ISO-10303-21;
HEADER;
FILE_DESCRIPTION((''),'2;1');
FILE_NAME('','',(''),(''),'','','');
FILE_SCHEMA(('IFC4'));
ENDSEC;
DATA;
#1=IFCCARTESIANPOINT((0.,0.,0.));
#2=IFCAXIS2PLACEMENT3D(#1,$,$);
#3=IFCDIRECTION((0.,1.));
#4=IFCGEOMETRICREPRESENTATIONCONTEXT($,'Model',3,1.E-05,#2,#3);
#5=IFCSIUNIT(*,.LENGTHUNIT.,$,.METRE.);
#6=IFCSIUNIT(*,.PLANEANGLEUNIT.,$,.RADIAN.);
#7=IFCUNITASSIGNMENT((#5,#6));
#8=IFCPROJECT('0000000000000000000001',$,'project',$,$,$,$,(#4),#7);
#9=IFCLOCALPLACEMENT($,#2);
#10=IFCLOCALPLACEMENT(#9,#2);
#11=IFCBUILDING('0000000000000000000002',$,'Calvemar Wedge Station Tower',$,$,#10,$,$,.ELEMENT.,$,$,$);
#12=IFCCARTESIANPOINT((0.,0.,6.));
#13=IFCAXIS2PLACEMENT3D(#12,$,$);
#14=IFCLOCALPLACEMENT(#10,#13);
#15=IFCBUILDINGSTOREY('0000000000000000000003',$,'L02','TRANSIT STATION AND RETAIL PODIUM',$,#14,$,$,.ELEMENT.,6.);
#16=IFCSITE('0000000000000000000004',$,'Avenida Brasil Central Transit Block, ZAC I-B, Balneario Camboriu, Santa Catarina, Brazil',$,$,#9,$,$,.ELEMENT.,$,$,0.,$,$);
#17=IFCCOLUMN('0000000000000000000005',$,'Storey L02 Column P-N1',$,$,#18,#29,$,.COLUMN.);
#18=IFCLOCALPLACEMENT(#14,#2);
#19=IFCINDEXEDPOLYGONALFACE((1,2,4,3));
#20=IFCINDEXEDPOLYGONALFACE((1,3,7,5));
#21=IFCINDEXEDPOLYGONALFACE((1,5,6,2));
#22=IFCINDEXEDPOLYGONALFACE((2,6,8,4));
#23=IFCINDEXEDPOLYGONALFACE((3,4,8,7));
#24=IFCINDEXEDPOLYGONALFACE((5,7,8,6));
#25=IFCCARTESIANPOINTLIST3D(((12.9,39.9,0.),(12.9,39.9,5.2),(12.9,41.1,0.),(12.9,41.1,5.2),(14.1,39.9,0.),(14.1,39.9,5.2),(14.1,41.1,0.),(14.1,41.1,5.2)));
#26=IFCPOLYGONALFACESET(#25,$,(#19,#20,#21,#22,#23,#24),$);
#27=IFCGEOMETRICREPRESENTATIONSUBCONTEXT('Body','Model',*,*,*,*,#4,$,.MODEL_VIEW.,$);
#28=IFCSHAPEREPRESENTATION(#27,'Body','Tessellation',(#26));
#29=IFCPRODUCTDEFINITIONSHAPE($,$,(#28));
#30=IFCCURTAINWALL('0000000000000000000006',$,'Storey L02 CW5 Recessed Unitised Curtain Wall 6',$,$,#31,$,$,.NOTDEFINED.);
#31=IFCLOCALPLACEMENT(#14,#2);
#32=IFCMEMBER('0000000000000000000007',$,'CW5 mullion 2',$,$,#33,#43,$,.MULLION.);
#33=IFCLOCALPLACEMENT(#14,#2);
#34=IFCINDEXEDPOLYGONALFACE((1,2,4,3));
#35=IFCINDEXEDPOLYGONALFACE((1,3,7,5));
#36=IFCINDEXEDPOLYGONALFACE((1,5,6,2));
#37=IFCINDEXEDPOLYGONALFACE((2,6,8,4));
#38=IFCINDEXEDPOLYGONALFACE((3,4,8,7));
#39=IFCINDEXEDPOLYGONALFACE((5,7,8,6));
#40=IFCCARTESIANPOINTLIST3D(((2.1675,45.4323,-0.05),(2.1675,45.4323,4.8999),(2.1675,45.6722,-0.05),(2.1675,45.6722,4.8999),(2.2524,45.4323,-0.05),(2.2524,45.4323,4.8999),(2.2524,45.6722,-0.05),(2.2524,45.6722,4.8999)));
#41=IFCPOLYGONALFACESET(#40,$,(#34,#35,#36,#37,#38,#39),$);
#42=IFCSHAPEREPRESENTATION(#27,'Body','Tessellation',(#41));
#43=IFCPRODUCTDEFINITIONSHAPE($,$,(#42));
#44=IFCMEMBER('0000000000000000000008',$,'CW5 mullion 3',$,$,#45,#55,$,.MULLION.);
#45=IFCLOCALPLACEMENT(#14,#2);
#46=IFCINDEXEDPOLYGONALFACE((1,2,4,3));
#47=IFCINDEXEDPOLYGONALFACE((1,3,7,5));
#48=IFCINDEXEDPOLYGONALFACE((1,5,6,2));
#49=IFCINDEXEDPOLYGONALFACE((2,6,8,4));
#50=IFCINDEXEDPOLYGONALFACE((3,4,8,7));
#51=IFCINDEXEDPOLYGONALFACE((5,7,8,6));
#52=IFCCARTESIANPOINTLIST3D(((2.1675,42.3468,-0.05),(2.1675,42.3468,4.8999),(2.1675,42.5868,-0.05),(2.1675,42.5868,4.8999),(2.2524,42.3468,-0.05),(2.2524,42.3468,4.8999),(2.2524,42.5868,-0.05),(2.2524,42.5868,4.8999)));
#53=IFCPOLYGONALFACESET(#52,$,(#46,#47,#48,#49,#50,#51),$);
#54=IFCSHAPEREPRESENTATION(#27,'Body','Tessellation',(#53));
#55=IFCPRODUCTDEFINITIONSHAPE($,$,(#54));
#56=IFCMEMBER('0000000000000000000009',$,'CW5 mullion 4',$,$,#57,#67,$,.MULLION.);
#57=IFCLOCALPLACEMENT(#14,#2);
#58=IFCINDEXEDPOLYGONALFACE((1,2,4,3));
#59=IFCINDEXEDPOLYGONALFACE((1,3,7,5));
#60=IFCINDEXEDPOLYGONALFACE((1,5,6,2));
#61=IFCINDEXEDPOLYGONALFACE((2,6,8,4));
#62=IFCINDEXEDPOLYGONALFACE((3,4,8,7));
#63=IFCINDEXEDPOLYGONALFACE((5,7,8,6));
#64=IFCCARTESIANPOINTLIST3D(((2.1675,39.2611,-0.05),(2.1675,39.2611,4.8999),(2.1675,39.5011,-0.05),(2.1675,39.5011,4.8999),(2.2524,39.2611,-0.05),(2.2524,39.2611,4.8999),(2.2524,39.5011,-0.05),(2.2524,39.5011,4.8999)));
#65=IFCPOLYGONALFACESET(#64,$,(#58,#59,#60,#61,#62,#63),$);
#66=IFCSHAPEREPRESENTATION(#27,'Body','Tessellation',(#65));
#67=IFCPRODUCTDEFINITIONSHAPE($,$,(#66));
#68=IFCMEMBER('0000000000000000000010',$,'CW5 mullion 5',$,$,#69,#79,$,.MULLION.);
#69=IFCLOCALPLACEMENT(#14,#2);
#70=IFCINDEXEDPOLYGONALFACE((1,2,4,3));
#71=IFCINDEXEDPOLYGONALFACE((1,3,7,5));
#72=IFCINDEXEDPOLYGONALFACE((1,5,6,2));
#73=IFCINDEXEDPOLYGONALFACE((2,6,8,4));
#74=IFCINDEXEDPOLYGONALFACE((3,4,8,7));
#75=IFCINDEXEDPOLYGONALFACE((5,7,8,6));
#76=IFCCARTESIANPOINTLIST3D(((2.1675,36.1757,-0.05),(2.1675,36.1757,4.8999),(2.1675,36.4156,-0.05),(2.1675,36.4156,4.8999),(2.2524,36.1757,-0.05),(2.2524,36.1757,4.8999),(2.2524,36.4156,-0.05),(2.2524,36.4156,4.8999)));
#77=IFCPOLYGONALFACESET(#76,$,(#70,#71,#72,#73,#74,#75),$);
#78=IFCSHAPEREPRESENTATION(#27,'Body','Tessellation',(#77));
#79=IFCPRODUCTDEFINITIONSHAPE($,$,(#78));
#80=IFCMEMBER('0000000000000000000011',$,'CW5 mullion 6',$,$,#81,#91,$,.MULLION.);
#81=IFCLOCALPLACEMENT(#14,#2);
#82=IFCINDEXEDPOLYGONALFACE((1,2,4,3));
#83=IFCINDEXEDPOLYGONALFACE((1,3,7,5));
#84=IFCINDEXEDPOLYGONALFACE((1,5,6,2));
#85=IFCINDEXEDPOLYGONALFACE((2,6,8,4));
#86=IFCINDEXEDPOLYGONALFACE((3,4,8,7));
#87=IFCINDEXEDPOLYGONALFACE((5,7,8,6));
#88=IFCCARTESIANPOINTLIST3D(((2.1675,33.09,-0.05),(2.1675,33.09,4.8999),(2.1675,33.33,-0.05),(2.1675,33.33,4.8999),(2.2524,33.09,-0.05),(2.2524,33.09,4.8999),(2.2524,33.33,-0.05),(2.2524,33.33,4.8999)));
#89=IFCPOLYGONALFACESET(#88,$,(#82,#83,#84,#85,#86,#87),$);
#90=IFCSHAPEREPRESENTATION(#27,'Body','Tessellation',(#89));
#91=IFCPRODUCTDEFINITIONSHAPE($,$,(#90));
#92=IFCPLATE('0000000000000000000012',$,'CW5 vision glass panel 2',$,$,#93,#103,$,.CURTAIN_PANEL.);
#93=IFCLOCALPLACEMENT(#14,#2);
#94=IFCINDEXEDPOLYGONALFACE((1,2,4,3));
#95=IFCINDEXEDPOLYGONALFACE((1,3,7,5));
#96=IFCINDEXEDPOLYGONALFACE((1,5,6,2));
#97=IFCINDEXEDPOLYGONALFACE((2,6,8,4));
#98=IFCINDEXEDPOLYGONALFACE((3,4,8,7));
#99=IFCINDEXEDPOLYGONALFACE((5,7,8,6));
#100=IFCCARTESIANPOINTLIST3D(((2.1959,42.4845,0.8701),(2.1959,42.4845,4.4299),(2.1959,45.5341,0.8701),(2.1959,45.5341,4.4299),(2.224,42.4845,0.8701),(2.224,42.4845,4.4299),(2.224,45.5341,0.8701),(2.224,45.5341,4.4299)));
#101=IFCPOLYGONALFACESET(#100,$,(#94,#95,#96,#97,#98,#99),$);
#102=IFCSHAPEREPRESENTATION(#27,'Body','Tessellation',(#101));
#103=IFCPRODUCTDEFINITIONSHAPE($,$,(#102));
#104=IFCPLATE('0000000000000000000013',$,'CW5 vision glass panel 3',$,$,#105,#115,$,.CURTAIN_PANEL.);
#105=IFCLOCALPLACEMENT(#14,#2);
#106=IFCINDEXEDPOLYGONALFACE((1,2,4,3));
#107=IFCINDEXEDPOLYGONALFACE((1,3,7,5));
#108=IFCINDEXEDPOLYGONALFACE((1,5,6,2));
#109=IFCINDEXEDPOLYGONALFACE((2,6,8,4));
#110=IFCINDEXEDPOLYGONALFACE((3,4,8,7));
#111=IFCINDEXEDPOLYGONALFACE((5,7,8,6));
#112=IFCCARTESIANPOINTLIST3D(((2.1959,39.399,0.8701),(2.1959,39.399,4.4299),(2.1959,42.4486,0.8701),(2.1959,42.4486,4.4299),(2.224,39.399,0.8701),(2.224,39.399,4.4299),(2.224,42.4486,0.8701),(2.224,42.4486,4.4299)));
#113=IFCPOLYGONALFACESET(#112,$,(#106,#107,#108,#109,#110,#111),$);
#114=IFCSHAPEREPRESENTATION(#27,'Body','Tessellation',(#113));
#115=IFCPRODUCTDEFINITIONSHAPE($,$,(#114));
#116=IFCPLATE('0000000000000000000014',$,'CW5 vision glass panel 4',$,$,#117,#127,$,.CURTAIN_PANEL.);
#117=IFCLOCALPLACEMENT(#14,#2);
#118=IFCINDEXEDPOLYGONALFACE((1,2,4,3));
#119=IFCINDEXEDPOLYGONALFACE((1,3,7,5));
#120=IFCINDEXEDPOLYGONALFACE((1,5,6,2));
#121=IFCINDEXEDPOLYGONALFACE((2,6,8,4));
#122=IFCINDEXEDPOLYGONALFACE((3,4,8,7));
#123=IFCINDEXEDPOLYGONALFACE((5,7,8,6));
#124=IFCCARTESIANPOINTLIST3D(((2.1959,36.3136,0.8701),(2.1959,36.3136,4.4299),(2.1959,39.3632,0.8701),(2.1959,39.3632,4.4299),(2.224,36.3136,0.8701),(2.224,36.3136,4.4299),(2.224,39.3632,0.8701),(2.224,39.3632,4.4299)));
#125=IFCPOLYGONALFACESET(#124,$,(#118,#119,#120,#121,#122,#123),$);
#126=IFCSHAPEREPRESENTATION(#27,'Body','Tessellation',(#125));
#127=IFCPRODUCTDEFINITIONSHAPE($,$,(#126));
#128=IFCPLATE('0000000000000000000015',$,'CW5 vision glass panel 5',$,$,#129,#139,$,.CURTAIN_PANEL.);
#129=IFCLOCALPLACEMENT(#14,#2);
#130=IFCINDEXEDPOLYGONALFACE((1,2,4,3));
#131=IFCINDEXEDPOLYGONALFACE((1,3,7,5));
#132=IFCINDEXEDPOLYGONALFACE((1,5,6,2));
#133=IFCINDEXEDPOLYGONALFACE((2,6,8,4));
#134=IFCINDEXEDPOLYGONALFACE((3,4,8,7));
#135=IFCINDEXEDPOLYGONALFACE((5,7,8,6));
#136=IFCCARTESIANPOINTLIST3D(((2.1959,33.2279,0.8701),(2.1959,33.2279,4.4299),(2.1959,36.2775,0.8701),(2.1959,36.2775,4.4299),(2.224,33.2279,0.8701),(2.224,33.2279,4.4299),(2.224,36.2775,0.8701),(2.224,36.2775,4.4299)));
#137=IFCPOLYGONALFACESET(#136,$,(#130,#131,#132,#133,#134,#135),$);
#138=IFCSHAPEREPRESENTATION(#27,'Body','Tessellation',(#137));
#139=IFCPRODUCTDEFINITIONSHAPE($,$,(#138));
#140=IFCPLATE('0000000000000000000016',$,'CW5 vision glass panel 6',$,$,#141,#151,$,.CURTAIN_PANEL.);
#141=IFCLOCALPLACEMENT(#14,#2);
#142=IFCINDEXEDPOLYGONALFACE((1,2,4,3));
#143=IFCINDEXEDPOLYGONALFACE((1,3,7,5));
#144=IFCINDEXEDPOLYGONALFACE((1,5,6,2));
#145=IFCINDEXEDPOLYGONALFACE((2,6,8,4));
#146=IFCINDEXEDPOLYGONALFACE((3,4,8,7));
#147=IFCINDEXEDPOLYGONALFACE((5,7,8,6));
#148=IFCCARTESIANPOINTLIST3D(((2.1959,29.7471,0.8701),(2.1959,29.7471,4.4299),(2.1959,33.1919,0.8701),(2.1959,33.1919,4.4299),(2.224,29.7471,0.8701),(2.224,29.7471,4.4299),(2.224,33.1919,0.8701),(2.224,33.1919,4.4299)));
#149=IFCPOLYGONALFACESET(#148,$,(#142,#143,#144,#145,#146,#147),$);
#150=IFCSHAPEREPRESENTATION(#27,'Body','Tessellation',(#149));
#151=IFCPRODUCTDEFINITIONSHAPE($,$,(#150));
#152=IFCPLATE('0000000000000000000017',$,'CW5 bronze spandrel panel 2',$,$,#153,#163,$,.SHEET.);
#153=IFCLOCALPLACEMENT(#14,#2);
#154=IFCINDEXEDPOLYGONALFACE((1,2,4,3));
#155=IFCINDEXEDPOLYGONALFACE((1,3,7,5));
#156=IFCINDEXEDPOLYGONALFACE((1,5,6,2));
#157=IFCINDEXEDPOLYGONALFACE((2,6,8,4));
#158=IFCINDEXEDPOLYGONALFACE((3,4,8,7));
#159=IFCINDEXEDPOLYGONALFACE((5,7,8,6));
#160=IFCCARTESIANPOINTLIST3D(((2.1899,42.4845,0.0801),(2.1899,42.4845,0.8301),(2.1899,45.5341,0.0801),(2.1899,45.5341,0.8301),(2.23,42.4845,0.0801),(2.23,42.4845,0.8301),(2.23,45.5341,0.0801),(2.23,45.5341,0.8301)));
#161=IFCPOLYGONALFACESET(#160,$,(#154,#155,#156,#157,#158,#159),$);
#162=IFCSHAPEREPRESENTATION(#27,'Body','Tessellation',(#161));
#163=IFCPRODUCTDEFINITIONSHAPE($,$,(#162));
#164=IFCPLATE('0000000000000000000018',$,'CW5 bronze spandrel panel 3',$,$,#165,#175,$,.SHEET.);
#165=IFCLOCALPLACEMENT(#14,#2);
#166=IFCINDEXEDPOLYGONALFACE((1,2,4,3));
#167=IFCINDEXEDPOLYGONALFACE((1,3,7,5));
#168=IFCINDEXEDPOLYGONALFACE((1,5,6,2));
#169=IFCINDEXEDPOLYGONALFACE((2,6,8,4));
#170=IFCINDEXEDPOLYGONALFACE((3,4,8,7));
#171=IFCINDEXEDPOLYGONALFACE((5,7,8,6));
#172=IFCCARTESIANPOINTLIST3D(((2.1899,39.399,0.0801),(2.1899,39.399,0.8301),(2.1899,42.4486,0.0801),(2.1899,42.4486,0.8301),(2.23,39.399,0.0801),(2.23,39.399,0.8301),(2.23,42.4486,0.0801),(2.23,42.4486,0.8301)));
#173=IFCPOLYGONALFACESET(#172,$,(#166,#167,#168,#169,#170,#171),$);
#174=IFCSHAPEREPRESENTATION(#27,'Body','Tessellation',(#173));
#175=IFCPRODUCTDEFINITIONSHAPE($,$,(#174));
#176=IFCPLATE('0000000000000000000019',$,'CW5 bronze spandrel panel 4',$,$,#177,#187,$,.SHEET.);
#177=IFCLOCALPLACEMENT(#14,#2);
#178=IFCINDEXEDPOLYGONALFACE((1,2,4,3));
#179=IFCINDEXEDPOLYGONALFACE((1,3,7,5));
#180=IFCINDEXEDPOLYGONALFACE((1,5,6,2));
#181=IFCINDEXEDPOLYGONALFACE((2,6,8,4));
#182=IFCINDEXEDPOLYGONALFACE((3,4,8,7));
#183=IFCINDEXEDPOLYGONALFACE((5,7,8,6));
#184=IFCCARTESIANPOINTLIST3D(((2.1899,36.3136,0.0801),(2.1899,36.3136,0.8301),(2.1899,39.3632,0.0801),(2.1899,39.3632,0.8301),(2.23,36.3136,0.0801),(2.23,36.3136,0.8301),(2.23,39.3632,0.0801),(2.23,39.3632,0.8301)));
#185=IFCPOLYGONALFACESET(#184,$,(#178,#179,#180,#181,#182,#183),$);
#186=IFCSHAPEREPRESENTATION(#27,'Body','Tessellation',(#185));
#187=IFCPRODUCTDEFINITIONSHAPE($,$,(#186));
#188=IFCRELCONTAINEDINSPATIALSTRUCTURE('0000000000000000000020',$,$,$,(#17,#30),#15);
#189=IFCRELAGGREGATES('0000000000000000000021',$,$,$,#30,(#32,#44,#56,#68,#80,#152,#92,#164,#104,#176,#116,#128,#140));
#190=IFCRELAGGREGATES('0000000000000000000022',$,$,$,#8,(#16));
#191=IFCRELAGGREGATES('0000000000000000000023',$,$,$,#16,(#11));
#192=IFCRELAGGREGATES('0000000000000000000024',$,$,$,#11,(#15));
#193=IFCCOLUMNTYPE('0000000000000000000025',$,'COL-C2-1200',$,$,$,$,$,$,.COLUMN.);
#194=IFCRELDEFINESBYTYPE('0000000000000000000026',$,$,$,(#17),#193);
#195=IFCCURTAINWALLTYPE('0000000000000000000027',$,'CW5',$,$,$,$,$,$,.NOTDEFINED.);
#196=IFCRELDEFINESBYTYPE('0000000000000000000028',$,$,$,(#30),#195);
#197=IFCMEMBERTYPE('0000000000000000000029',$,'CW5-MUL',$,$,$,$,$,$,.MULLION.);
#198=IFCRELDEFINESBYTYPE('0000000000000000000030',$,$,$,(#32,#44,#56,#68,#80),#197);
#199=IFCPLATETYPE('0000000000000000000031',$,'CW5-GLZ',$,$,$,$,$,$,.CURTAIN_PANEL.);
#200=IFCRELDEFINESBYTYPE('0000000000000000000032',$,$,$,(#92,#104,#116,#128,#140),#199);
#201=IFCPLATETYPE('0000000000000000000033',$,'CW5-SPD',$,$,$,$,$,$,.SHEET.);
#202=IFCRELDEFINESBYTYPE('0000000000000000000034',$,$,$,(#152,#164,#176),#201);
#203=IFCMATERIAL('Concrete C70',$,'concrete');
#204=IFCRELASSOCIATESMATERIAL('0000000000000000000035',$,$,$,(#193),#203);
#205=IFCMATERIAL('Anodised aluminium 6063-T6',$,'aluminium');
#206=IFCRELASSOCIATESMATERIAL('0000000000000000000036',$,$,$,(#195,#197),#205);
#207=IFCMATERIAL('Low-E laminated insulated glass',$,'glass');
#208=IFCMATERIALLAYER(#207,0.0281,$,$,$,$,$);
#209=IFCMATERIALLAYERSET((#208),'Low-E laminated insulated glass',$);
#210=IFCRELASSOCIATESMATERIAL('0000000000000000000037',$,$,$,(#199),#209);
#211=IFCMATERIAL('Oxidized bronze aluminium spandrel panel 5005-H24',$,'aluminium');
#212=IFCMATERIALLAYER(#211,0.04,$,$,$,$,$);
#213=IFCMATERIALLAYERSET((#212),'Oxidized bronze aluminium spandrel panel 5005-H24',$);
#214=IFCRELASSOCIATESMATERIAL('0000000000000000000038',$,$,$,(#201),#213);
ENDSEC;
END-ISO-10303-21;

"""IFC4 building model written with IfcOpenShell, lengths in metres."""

from ifc_helpers import new_model, si_unit, direction, frame, frame_2d, origin, origin_2d, place, context, subcontext, project, spatial, rectangle, extrude, source, transform, mapped, material, layer, layer_set, material_profile, profile_set, type_object, element, aggregate, save


model = new_model("IFC4")

# Units and contexts
model_context = context("Model", 3, precision=1e-05, world=origin(), true_north=direction((0.0, 1.0)))
body_context = subcontext(model_context, "Body", "Model", "MODEL_VIEW")
ifc_project = project(units=[si_unit("LENGTHUNIT", "METRE"), si_unit("PLANEANGLEUNIT", "RADIAN")], contexts=[model_context])

# Site, building, storey
site_placement = place(None, origin())
site = spatial("IfcSite", under=ifc_project, at=site_placement, Name="Avenida Brasil Central Transit Block, ZAC I-B, Balneario Camboriu, Santa Catarina, Brazil", CompositionType="ELEMENT", RefElevation=0.0)
building_placement = place(site_placement, origin())
building = spatial("IfcBuilding", under=site, at=building_placement, Name="Calvemar Wedge Station Tower", CompositionType="ELEMENT")
storey_placement = place(building_placement, frame((0.0, 0.0, 6.0)))
storey = spatial("IfcBuildingStorey", under=building, at=storey_placement, Name="L02", Description="TRANSIT STATION AND RETAIL PODIUM", CompositionType="ELEMENT", Elevation=6.0)

# Column
ifc_material_1 = material(Name="Concrete C70", Category="concrete")
ifc_material_profile_1 = material_profile(ifc_material_1, rectangle(XDim=1.2, YDim=1.2, at=origin_2d()), Name="RC1200x1200")
ifc_profile_set_1 = profile_set([ifc_material_profile_1], Name="Concrete C70")
column_type = type_object("IfcColumnType", Name="COL-C2-1200", PredefinedType="COLUMN", material=ifc_profile_set_1)
shared_shape_1 = source(origin(), body_context, "Body", "SweptSolid", [
    extrude(rectangle(XDim=1.2, YDim=1.2, at=origin_2d()), origin(), (0.0, 0.0, 1.0), 5.2),
])
column_placement = place(storey_placement, frame((13.5, 40.5, 0.0), z_axis=(0.0, 0.0, 1.0), x_axis=(1.0, 0.0, 0.0)))
element("IfcColumn", 1, at=column_placement, inside=storey, type_object=column_type, Name="Storey L02 Column P-N1", PredefinedType="COLUMN", context=body_context, shape_type="MappedRepresentation", body=[
    mapped(shared_shape_1, transform((0.0, 0.0, 0.0), scale=1.0)),
])

# Curtain wall, members, plates
ifc_material_2 = material(Name="Anodised aluminium 6063-T6", Category="aluminium")
curtain_wall_type = type_object("IfcCurtainWallType", Name="CW5", PredefinedType="NOTDEFINED", material=ifc_material_2)
curtain_wall_placement = place(storey_placement, origin())
curtain_wall = element("IfcCurtainWall", 2, at=curtain_wall_placement, inside=storey, type_object=curtain_wall_type, Name="Storey L02 CW5 Recessed Unitised Curtain Wall 6", PredefinedType="NOTDEFINED")
ifc_material_profile_2 = material_profile(ifc_material_2, rectangle(XDim=0.085, YDim=0.24, at=origin_2d()), Name="AL-MUL-85x240")
ifc_profile_set_2 = profile_set([ifc_material_profile_2], Name="Anodised aluminium 6063-T6")
member_type = type_object("IfcMemberType", Name="CW5-MUL", PredefinedType="MULLION", material=ifc_profile_set_2)
shared_shape_2 = source(origin(), body_context, "Body", "SweptSolid", [
    extrude(rectangle(XDim=0.085, YDim=0.24, at=origin_2d()), origin(), (0.0, 0.0, 1.0), 4.95),
])
member_1_placement = place(storey_placement, frame((2.21, 45.5522, -0.05), z_axis=(0.0, 0.0, 1.0), x_axis=(1.0, 0.0, 0.0)))
member_1 = element("IfcMember", 3, at=member_1_placement, type_object=member_type, Name="CW5 mullion 2", PredefinedType="MULLION", context=body_context, shape_type="MappedRepresentation", body=[
    mapped(shared_shape_2, transform((0.0, 0.0, 0.0), scale=1.0)),
])
member_2_placement = place(storey_placement, frame((2.21, 42.4668, -0.05), z_axis=(0.0, 0.0, 1.0), x_axis=(1.0, 0.0, 0.0)))
member_2 = element("IfcMember", 4, at=member_2_placement, type_object=member_type, Name="CW5 mullion 3", PredefinedType="MULLION", context=body_context, shape_type="MappedRepresentation", body=[
    mapped(shared_shape_2, transform((0.0, 0.0, 0.0), scale=1.0)),
])
member_3_placement = place(storey_placement, frame((2.21, 39.3811, -0.05), z_axis=(0.0, 0.0, 1.0), x_axis=(1.0, 0.0, 0.0)))
member_3 = element("IfcMember", 5, at=member_3_placement, type_object=member_type, Name="CW5 mullion 4", PredefinedType="MULLION", context=body_context, shape_type="MappedRepresentation", body=[
    mapped(shared_shape_2, transform((0.0, 0.0, 0.0), scale=1.0)),
])
member_4_placement = place(storey_placement, frame((2.21, 36.2957, -0.05), z_axis=(0.0, 0.0, 1.0), x_axis=(1.0, 0.0, 0.0)))
member_4 = element("IfcMember", 6, at=member_4_placement, type_object=member_type, Name="CW5 mullion 5", PredefinedType="MULLION", context=body_context, shape_type="MappedRepresentation", body=[
    mapped(shared_shape_2, transform((0.0, 0.0, 0.0), scale=1.0)),
])
member_5_placement = place(storey_placement, frame((2.21, 33.21, -0.05), z_axis=(0.0, 0.0, 1.0), x_axis=(1.0, 0.0, 0.0)))
member_5 = element("IfcMember", 7, at=member_5_placement, type_object=member_type, Name="CW5 mullion 6", PredefinedType="MULLION", context=body_context, shape_type="MappedRepresentation", body=[
    mapped(shared_shape_2, transform((0.0, 0.0, 0.0), scale=1.0)),
])
ifc_material_3 = material(Name="Low-E laminated insulated glass", Category="glass")
ifc_layer_1 = layer(ifc_material_3, 0.0281)
ifc_layer_set_1 = layer_set([ifc_layer_1], Name="Low-E laminated insulated glass")
plate_type_1 = type_object("IfcPlateType", Name="CW5-GLZ", PredefinedType="CURTAIN_PANEL", material=ifc_layer_set_1)
plate_1_placement = place(storey_placement, frame((2.21, 45.5342, 0.8701), z_axis=(0.0, 0.0, 1.0), x_axis=(0.0, -1.0, 0.0)))
plate_1 = element("IfcPlate", 8, at=plate_1_placement, type_object=plate_type_1, Name="CW5 vision glass panel 2", PredefinedType="CURTAIN_PANEL", context=body_context, shape_type="SweptSolid", body=[
    extrude(rectangle(XDim=3.0496, YDim=0.0281, at=frame_2d((1.5249, 0.0))), origin(), (0.0, 0.0, 1.0), 3.5598),
])
plate_2_placement = place(storey_placement, frame((2.21, 42.4487, 0.8701), z_axis=(0.0, 0.0, 1.0), x_axis=(0.0, -1.0, 0.0)))
plate_2 = element("IfcPlate", 9, at=plate_2_placement, type_object=plate_type_1, Name="CW5 vision glass panel 3", PredefinedType="CURTAIN_PANEL", context=body_context, shape_type="SweptSolid", body=[
    extrude(rectangle(XDim=3.0496, YDim=0.0281, at=frame_2d((1.5249, 0.0))), origin(), (0.0, 0.0, 1.0), 3.5598),
])
plate_3_placement = place(storey_placement, frame((2.21, 39.3633, 0.8701), z_axis=(0.0, 0.0, 1.0), x_axis=(0.0, -1.0, 0.0)))
plate_3 = element("IfcPlate", 10, at=plate_3_placement, type_object=plate_type_1, Name="CW5 vision glass panel 4", PredefinedType="CURTAIN_PANEL", context=body_context, shape_type="SweptSolid", body=[
    extrude(rectangle(XDim=3.0496, YDim=0.0281, at=frame_2d((1.5249, 0.0))), origin(), (0.0, 0.0, 1.0), 3.5598),
])
plate_4_placement = place(storey_placement, frame((2.21, 36.2776, 0.8701), z_axis=(0.0, 0.0, 1.0), x_axis=(0.0, -1.0, 0.0)))
plate_4 = element("IfcPlate", 11, at=plate_4_placement, type_object=plate_type_1, Name="CW5 vision glass panel 5", PredefinedType="CURTAIN_PANEL", context=body_context, shape_type="SweptSolid", body=[
    extrude(rectangle(XDim=3.0496, YDim=0.0281, at=frame_2d((1.5249, 0.0))), origin(), (0.0, 0.0, 1.0), 3.5598),
])
plate_5_placement = place(storey_placement, frame((2.21, 33.1919, 0.8701), z_axis=(0.0, 0.0, 1.0), x_axis=(0.0, -1.0, 0.0)))
plate_5 = element("IfcPlate", 12, at=plate_5_placement, type_object=plate_type_1, Name="CW5 vision glass panel 6", PredefinedType="CURTAIN_PANEL", context=body_context, shape_type="SweptSolid", body=[
    extrude(rectangle(XDim=3.4448, YDim=0.0281, at=frame_2d((1.7224, 0.0))), origin(), (0.0, 0.0, 1.0), 3.5598),
])
ifc_material_4 = material(Name="Oxidized bronze aluminium spandrel panel 5005-H24", Category="aluminium")
ifc_layer_2 = layer(ifc_material_4, 0.04)
ifc_layer_set_2 = layer_set([ifc_layer_2], Name="Oxidized bronze aluminium spandrel panel 5005-H24")
plate_type_2 = type_object("IfcPlateType", Name="CW5-SPD", PredefinedType="SHEET", material=ifc_layer_set_2)
plate_6_placement = place(storey_placement, frame((2.21, 45.5342, 0.0801), z_axis=(0.0, 0.0, 1.0), x_axis=(0.0, -1.0, 0.0)))
plate_6 = element("IfcPlate", 13, at=plate_6_placement, type_object=plate_type_2, Name="CW5 bronze spandrel panel 2", PredefinedType="SHEET", context=body_context, shape_type="SweptSolid", body=[
    extrude(rectangle(XDim=3.0496, YDim=0.04, at=frame_2d((1.5249, 0.0))), origin(), (0.0, 0.0, 1.0), 0.75),
])
plate_7_placement = place(storey_placement, frame((2.21, 42.4487, 0.0801), z_axis=(0.0, 0.0, 1.0), x_axis=(0.0, -1.0, 0.0)))
plate_7 = element("IfcPlate", 14, at=plate_7_placement, type_object=plate_type_2, Name="CW5 bronze spandrel panel 3", PredefinedType="SHEET", context=body_context, shape_type="SweptSolid", body=[
    extrude(rectangle(XDim=3.0496, YDim=0.04, at=frame_2d((1.5249, 0.0))), origin(), (0.0, 0.0, 1.0), 0.75),
])
plate_8_placement = place(storey_placement, frame((2.21, 39.3633, 0.0801), z_axis=(0.0, 0.0, 1.0), x_axis=(0.0, -1.0, 0.0)))
plate_8 = element("IfcPlate", 15, at=plate_8_placement, type_object=plate_type_2, Name="CW5 bronze spandrel panel 4", PredefinedType="SHEET", context=body_context, shape_type="SweptSolid", body=[
    extrude(rectangle(XDim=3.0496, YDim=0.04, at=frame_2d((1.5249, 0.0))), origin(), (0.0, 0.0, 1.0), 0.75),
])
aggregate(curtain_wall, [member_1, member_2, member_3, member_4, member_5, plate_6, plate_1, plate_7, plate_2, plate_8, plate_3, plate_4, plate_5])

save(model, "model.ifc")
